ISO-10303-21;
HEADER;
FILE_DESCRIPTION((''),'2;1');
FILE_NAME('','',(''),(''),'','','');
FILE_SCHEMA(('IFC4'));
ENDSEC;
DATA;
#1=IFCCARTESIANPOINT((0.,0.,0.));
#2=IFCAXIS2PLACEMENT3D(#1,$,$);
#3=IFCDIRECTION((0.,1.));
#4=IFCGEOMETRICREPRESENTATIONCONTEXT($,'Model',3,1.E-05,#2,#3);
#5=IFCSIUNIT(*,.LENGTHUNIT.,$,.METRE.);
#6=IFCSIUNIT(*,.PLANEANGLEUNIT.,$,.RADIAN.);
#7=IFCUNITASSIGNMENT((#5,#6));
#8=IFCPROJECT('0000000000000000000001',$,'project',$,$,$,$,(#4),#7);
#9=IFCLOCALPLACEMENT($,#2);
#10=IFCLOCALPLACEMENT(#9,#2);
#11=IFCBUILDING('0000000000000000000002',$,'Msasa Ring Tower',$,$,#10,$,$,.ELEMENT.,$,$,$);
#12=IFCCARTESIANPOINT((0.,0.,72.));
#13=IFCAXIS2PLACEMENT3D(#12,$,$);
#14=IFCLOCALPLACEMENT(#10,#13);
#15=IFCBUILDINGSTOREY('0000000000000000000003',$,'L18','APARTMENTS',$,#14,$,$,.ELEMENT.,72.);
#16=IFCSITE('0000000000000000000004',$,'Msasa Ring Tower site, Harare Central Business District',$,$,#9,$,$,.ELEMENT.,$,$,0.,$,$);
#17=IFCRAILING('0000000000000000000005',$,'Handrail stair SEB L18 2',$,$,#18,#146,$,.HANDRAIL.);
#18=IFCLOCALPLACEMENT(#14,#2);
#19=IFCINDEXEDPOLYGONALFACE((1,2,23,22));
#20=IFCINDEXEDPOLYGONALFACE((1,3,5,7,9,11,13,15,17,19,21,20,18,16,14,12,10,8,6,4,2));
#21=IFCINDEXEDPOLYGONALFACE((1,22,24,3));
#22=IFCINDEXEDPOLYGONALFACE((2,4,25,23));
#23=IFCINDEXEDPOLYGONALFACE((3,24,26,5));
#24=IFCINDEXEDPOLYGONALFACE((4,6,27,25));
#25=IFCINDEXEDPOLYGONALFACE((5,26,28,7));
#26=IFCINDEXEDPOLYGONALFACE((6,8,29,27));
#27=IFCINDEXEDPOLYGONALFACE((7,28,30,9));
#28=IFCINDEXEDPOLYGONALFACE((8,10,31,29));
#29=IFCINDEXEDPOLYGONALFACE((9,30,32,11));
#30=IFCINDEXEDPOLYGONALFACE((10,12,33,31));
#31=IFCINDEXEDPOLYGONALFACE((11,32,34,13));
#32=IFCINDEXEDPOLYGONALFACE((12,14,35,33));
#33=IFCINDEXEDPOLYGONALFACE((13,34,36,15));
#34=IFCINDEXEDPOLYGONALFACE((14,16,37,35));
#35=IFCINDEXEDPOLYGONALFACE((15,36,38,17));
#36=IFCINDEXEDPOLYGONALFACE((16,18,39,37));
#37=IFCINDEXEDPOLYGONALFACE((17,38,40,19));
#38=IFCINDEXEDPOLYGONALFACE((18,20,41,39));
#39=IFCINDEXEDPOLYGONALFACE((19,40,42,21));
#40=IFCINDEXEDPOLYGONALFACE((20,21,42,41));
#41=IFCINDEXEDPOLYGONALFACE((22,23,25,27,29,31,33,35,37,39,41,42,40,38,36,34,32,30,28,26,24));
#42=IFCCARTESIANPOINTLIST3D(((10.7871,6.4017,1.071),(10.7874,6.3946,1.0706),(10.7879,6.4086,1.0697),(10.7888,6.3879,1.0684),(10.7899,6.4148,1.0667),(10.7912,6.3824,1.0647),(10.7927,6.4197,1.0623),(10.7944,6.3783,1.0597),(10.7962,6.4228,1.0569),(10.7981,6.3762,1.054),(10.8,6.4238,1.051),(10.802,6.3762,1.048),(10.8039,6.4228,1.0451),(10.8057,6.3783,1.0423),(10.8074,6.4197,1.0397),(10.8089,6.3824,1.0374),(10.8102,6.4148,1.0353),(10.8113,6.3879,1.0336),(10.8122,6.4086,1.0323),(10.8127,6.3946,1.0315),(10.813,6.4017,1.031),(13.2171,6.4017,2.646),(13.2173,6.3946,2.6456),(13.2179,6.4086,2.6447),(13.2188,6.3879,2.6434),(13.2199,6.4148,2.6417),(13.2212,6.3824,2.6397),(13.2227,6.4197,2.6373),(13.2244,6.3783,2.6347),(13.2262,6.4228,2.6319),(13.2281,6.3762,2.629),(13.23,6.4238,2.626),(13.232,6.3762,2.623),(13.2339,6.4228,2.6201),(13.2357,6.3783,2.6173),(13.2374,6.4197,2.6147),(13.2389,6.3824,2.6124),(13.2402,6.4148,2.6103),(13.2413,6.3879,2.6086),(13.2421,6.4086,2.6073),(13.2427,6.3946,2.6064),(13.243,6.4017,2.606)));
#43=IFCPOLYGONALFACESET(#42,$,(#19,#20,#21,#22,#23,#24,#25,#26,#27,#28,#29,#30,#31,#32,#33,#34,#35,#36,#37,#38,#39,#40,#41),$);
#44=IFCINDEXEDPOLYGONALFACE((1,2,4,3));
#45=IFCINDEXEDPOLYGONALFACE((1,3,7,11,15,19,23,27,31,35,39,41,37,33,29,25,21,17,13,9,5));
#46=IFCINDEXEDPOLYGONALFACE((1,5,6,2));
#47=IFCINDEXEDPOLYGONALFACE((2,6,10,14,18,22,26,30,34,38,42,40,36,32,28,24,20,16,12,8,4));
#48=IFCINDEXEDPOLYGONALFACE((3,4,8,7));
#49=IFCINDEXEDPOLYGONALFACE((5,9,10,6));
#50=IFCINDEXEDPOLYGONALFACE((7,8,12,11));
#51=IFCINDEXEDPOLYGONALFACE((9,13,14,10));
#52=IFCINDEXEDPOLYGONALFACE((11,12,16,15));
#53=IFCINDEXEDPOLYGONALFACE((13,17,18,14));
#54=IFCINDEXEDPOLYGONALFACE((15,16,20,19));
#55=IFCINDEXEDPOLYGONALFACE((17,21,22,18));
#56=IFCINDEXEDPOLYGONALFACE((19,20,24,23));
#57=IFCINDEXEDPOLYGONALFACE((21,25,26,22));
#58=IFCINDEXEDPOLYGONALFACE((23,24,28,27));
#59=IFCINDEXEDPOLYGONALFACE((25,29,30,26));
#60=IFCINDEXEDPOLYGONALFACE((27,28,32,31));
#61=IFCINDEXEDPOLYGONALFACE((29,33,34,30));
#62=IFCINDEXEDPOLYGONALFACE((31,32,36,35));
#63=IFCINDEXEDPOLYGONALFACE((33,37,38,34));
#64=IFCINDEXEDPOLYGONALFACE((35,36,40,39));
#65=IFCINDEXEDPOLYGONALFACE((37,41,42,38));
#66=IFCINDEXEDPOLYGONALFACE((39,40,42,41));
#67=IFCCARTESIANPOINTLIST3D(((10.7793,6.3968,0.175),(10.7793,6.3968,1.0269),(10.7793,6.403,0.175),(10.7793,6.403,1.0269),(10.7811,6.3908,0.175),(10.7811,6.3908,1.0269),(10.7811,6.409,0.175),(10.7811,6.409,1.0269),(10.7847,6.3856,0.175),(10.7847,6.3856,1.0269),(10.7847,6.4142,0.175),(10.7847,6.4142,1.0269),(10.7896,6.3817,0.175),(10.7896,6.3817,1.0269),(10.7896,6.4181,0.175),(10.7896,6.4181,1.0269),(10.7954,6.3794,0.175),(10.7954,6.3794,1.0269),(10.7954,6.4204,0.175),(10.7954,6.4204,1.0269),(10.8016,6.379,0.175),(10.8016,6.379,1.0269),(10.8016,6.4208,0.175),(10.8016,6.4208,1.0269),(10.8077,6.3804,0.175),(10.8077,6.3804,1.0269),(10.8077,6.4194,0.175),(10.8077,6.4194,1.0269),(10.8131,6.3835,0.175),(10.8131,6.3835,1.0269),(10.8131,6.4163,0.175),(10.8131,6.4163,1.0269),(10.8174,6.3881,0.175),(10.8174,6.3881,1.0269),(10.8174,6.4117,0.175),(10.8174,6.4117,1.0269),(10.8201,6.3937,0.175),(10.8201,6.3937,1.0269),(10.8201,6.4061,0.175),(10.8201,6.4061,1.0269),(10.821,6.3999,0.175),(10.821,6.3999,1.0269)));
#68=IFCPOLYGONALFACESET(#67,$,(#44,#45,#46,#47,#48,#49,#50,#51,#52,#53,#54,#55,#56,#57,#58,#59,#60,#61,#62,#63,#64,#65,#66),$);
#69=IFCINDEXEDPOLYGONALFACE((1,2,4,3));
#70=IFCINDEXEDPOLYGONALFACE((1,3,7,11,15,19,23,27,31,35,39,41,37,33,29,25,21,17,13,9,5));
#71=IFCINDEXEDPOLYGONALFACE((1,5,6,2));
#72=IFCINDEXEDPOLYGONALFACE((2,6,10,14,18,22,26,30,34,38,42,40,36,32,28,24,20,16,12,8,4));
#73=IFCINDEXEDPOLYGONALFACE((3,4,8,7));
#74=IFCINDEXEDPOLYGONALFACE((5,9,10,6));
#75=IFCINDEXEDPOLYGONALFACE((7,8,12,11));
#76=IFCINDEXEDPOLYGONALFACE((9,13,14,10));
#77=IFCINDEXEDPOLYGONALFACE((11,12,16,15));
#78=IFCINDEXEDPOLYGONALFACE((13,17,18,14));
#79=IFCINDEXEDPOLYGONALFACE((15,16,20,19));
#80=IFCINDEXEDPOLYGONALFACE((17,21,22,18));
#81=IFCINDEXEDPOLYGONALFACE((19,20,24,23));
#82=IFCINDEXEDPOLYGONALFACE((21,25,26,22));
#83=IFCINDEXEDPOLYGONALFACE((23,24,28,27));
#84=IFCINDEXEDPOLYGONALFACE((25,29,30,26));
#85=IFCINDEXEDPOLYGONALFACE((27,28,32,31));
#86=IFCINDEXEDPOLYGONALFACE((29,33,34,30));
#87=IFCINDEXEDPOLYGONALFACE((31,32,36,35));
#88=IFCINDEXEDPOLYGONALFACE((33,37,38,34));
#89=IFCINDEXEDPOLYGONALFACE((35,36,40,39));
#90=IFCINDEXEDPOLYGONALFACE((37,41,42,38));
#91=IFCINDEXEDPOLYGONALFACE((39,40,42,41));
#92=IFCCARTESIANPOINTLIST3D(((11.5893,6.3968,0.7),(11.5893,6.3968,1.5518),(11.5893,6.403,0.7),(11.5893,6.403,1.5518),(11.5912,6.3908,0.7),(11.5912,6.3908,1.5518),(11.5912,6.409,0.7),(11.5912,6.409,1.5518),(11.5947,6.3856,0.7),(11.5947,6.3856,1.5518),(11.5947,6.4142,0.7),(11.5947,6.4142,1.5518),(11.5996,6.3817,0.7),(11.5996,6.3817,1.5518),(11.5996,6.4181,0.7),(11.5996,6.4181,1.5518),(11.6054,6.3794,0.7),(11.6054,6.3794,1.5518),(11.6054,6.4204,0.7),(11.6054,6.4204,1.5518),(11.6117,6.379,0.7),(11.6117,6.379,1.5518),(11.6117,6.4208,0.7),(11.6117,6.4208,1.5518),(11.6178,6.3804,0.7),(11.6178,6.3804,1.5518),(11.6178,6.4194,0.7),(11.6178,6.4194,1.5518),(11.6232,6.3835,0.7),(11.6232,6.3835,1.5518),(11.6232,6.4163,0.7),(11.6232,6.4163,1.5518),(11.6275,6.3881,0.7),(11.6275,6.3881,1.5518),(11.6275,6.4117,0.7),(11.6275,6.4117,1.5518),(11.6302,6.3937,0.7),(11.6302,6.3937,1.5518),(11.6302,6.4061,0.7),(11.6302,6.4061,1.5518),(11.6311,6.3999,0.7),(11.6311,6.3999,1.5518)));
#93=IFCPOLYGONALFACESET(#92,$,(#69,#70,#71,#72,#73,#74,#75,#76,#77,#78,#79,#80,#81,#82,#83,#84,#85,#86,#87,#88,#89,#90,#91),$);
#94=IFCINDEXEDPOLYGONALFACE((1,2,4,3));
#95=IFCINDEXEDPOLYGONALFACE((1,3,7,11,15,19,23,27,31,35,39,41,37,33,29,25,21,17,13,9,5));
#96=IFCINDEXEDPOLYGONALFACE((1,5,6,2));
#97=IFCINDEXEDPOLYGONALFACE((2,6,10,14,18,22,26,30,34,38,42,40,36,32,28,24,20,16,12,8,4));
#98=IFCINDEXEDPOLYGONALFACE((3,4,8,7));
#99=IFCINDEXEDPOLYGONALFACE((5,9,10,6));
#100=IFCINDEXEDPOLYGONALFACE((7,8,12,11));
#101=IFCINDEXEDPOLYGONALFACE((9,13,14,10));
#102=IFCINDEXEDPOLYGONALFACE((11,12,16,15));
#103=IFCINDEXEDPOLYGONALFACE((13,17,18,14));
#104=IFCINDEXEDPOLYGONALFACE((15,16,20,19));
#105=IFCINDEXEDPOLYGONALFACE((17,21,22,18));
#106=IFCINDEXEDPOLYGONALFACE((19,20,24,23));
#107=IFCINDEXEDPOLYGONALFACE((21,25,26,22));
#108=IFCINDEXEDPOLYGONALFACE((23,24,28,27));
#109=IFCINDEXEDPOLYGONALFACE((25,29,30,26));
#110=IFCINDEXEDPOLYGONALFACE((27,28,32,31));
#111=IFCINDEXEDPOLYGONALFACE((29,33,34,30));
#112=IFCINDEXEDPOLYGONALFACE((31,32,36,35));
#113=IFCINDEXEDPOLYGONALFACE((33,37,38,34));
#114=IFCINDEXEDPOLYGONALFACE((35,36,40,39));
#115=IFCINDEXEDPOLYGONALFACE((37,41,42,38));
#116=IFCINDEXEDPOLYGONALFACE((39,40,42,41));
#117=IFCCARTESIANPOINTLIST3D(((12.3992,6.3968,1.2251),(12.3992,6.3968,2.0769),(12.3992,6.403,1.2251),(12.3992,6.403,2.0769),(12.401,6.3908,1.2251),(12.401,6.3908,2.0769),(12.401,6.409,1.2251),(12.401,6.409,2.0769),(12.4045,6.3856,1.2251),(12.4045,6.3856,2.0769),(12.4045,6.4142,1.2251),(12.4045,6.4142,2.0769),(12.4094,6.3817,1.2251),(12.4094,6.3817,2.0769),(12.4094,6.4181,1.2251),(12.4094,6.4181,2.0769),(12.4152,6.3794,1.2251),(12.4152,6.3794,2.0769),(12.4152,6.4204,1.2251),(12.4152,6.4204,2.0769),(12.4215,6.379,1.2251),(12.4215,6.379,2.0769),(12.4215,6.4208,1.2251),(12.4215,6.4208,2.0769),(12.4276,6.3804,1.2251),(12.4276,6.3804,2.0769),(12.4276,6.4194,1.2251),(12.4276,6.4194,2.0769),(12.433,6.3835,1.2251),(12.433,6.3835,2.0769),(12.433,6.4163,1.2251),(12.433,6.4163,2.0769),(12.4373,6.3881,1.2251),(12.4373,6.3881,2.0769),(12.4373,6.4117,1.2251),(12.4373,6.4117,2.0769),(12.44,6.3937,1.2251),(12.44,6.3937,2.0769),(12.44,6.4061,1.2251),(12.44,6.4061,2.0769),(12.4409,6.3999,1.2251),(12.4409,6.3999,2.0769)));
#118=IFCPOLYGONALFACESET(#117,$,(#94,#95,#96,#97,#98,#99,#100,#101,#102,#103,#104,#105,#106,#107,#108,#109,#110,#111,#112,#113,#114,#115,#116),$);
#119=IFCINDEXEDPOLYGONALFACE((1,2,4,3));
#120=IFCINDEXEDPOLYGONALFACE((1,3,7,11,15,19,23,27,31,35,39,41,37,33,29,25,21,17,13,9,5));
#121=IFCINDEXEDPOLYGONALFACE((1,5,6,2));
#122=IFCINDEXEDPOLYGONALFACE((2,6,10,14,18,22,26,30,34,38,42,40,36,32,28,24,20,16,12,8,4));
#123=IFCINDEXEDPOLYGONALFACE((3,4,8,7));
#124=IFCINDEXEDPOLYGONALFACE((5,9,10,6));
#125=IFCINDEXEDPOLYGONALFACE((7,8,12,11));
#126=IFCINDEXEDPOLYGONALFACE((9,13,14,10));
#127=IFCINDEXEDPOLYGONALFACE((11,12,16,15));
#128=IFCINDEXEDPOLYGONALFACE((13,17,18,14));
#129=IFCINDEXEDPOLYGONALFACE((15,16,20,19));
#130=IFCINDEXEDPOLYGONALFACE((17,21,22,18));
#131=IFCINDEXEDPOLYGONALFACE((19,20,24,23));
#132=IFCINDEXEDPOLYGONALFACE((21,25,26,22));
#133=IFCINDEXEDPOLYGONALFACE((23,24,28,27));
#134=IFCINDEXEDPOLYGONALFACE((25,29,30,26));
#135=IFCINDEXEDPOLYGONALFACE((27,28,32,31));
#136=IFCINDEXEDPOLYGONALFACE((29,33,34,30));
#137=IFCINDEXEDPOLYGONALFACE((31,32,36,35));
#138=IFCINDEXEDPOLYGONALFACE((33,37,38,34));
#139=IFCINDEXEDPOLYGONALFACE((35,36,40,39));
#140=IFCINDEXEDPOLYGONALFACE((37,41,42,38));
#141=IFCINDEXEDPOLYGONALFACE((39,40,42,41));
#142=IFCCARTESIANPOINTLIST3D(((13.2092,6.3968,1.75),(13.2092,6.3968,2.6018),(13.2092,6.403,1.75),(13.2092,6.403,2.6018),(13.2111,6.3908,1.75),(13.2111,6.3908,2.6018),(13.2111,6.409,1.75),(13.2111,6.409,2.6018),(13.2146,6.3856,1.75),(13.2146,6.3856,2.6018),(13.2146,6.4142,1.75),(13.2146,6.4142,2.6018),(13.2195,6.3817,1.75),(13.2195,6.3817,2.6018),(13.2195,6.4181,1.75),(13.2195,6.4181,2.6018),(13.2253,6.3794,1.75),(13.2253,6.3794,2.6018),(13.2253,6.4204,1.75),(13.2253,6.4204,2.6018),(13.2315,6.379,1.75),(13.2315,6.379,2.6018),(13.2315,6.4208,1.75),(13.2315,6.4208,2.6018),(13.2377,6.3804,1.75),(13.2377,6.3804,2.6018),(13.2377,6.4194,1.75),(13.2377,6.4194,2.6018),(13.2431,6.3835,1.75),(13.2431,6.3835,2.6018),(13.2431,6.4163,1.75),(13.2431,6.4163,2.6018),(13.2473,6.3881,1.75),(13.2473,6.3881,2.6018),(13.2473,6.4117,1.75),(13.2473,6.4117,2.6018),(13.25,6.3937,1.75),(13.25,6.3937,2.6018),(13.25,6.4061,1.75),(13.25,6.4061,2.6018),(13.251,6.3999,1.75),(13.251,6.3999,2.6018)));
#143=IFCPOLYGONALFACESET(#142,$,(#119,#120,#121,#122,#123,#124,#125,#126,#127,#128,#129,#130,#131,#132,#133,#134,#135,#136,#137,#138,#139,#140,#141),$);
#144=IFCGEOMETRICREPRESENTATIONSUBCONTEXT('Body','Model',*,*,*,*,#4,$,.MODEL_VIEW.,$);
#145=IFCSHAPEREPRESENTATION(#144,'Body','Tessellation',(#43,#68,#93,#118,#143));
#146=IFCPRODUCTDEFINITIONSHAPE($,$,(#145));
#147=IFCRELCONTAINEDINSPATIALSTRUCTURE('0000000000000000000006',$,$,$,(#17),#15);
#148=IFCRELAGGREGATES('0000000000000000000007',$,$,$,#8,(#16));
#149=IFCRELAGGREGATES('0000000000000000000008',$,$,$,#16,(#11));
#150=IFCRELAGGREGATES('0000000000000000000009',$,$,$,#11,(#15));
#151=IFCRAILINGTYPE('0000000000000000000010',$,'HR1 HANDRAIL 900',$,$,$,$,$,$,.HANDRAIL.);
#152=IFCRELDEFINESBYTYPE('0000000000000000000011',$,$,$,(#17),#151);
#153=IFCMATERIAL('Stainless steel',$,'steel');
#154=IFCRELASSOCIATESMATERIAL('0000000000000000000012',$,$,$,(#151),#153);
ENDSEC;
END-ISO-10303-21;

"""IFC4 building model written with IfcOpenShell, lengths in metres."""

from ifc_helpers import new_model, si_unit, direction, frame, origin, origin_2d, place, context, subcontext, project, spatial, circle, extrude, material, type_object, element, save


model = new_model("IFC4")

# Units and contexts
model_context = context("Model", 3, precision=1e-05, world=origin(), true_north=direction((0.0, 1.0)))
body_context = subcontext(model_context, "Body", "Model", "MODEL_VIEW")
ifc_project = project(units=[si_unit("LENGTHUNIT", "METRE"), si_unit("PLANEANGLEUNIT", "RADIAN")], contexts=[model_context])

# Site, building, storey
site_placement = place(None, origin())
site = spatial("IfcSite", under=ifc_project, at=site_placement, Name="Msasa Ring Tower site, Harare Central Business District", CompositionType="ELEMENT", RefElevation=0.0)
building_placement = place(site_placement, origin())
building = spatial("IfcBuilding", under=site, at=building_placement, Name="Msasa Ring Tower", CompositionType="ELEMENT")
storey_placement = place(building_placement, frame((0.0, 0.0, 72.0)))
storey = spatial("IfcBuildingStorey", under=building, at=storey_placement, Name="L18", Description="APARTMENTS", CompositionType="ELEMENT", Elevation=72.0)

# Railing
ifc_material_1 = material(Name="Stainless steel", Category="steel")
railing_type = type_object("IfcRailingType", Name="HR1 HANDRAIL 900", PredefinedType="HANDRAIL", material=ifc_material_1)
for number, where, name in (
    (1, (10.8, 6.3999, 0.175), "Handrail stair SEB L18 2"),
):
    element("IfcRailing", number, at=place(storey_placement, frame(where)), inside=storey, type_object=railing_type, Name=name, PredefinedType="HANDRAIL", context=body_context, shape_type="SweptSolid", body=[
        extrude(circle(Radius=0.0239, at=origin_2d()), frame((0.0, 0.0, 0.876), z_axis=(0.839154, 0.0, 0.543894), x_axis=(0.0, 1.0, 0.0)), (0.0, 0.0, 1.0), 2.8958),
        extrude(circle(Radius=0.021, at=origin_2d()), origin(), (0.0, 0.0, 1.0), 0.8518),
        extrude(circle(Radius=0.021, at=origin_2d()), frame((0.8101, 0.0, 0.5249)), (0.0, 0.0, 1.0), 0.8518),
        extrude(circle(Radius=0.021, at=origin_2d()), frame((1.6199, 0.0, 1.05)), (0.0, 0.0, 1.0), 0.8518),
        extrude(circle(Radius=0.021, at=origin_2d()), frame((2.4299, 0.0, 1.575)), (0.0, 0.0, 1.0), 0.8518),
    ])

save(model, "model.ifc")
